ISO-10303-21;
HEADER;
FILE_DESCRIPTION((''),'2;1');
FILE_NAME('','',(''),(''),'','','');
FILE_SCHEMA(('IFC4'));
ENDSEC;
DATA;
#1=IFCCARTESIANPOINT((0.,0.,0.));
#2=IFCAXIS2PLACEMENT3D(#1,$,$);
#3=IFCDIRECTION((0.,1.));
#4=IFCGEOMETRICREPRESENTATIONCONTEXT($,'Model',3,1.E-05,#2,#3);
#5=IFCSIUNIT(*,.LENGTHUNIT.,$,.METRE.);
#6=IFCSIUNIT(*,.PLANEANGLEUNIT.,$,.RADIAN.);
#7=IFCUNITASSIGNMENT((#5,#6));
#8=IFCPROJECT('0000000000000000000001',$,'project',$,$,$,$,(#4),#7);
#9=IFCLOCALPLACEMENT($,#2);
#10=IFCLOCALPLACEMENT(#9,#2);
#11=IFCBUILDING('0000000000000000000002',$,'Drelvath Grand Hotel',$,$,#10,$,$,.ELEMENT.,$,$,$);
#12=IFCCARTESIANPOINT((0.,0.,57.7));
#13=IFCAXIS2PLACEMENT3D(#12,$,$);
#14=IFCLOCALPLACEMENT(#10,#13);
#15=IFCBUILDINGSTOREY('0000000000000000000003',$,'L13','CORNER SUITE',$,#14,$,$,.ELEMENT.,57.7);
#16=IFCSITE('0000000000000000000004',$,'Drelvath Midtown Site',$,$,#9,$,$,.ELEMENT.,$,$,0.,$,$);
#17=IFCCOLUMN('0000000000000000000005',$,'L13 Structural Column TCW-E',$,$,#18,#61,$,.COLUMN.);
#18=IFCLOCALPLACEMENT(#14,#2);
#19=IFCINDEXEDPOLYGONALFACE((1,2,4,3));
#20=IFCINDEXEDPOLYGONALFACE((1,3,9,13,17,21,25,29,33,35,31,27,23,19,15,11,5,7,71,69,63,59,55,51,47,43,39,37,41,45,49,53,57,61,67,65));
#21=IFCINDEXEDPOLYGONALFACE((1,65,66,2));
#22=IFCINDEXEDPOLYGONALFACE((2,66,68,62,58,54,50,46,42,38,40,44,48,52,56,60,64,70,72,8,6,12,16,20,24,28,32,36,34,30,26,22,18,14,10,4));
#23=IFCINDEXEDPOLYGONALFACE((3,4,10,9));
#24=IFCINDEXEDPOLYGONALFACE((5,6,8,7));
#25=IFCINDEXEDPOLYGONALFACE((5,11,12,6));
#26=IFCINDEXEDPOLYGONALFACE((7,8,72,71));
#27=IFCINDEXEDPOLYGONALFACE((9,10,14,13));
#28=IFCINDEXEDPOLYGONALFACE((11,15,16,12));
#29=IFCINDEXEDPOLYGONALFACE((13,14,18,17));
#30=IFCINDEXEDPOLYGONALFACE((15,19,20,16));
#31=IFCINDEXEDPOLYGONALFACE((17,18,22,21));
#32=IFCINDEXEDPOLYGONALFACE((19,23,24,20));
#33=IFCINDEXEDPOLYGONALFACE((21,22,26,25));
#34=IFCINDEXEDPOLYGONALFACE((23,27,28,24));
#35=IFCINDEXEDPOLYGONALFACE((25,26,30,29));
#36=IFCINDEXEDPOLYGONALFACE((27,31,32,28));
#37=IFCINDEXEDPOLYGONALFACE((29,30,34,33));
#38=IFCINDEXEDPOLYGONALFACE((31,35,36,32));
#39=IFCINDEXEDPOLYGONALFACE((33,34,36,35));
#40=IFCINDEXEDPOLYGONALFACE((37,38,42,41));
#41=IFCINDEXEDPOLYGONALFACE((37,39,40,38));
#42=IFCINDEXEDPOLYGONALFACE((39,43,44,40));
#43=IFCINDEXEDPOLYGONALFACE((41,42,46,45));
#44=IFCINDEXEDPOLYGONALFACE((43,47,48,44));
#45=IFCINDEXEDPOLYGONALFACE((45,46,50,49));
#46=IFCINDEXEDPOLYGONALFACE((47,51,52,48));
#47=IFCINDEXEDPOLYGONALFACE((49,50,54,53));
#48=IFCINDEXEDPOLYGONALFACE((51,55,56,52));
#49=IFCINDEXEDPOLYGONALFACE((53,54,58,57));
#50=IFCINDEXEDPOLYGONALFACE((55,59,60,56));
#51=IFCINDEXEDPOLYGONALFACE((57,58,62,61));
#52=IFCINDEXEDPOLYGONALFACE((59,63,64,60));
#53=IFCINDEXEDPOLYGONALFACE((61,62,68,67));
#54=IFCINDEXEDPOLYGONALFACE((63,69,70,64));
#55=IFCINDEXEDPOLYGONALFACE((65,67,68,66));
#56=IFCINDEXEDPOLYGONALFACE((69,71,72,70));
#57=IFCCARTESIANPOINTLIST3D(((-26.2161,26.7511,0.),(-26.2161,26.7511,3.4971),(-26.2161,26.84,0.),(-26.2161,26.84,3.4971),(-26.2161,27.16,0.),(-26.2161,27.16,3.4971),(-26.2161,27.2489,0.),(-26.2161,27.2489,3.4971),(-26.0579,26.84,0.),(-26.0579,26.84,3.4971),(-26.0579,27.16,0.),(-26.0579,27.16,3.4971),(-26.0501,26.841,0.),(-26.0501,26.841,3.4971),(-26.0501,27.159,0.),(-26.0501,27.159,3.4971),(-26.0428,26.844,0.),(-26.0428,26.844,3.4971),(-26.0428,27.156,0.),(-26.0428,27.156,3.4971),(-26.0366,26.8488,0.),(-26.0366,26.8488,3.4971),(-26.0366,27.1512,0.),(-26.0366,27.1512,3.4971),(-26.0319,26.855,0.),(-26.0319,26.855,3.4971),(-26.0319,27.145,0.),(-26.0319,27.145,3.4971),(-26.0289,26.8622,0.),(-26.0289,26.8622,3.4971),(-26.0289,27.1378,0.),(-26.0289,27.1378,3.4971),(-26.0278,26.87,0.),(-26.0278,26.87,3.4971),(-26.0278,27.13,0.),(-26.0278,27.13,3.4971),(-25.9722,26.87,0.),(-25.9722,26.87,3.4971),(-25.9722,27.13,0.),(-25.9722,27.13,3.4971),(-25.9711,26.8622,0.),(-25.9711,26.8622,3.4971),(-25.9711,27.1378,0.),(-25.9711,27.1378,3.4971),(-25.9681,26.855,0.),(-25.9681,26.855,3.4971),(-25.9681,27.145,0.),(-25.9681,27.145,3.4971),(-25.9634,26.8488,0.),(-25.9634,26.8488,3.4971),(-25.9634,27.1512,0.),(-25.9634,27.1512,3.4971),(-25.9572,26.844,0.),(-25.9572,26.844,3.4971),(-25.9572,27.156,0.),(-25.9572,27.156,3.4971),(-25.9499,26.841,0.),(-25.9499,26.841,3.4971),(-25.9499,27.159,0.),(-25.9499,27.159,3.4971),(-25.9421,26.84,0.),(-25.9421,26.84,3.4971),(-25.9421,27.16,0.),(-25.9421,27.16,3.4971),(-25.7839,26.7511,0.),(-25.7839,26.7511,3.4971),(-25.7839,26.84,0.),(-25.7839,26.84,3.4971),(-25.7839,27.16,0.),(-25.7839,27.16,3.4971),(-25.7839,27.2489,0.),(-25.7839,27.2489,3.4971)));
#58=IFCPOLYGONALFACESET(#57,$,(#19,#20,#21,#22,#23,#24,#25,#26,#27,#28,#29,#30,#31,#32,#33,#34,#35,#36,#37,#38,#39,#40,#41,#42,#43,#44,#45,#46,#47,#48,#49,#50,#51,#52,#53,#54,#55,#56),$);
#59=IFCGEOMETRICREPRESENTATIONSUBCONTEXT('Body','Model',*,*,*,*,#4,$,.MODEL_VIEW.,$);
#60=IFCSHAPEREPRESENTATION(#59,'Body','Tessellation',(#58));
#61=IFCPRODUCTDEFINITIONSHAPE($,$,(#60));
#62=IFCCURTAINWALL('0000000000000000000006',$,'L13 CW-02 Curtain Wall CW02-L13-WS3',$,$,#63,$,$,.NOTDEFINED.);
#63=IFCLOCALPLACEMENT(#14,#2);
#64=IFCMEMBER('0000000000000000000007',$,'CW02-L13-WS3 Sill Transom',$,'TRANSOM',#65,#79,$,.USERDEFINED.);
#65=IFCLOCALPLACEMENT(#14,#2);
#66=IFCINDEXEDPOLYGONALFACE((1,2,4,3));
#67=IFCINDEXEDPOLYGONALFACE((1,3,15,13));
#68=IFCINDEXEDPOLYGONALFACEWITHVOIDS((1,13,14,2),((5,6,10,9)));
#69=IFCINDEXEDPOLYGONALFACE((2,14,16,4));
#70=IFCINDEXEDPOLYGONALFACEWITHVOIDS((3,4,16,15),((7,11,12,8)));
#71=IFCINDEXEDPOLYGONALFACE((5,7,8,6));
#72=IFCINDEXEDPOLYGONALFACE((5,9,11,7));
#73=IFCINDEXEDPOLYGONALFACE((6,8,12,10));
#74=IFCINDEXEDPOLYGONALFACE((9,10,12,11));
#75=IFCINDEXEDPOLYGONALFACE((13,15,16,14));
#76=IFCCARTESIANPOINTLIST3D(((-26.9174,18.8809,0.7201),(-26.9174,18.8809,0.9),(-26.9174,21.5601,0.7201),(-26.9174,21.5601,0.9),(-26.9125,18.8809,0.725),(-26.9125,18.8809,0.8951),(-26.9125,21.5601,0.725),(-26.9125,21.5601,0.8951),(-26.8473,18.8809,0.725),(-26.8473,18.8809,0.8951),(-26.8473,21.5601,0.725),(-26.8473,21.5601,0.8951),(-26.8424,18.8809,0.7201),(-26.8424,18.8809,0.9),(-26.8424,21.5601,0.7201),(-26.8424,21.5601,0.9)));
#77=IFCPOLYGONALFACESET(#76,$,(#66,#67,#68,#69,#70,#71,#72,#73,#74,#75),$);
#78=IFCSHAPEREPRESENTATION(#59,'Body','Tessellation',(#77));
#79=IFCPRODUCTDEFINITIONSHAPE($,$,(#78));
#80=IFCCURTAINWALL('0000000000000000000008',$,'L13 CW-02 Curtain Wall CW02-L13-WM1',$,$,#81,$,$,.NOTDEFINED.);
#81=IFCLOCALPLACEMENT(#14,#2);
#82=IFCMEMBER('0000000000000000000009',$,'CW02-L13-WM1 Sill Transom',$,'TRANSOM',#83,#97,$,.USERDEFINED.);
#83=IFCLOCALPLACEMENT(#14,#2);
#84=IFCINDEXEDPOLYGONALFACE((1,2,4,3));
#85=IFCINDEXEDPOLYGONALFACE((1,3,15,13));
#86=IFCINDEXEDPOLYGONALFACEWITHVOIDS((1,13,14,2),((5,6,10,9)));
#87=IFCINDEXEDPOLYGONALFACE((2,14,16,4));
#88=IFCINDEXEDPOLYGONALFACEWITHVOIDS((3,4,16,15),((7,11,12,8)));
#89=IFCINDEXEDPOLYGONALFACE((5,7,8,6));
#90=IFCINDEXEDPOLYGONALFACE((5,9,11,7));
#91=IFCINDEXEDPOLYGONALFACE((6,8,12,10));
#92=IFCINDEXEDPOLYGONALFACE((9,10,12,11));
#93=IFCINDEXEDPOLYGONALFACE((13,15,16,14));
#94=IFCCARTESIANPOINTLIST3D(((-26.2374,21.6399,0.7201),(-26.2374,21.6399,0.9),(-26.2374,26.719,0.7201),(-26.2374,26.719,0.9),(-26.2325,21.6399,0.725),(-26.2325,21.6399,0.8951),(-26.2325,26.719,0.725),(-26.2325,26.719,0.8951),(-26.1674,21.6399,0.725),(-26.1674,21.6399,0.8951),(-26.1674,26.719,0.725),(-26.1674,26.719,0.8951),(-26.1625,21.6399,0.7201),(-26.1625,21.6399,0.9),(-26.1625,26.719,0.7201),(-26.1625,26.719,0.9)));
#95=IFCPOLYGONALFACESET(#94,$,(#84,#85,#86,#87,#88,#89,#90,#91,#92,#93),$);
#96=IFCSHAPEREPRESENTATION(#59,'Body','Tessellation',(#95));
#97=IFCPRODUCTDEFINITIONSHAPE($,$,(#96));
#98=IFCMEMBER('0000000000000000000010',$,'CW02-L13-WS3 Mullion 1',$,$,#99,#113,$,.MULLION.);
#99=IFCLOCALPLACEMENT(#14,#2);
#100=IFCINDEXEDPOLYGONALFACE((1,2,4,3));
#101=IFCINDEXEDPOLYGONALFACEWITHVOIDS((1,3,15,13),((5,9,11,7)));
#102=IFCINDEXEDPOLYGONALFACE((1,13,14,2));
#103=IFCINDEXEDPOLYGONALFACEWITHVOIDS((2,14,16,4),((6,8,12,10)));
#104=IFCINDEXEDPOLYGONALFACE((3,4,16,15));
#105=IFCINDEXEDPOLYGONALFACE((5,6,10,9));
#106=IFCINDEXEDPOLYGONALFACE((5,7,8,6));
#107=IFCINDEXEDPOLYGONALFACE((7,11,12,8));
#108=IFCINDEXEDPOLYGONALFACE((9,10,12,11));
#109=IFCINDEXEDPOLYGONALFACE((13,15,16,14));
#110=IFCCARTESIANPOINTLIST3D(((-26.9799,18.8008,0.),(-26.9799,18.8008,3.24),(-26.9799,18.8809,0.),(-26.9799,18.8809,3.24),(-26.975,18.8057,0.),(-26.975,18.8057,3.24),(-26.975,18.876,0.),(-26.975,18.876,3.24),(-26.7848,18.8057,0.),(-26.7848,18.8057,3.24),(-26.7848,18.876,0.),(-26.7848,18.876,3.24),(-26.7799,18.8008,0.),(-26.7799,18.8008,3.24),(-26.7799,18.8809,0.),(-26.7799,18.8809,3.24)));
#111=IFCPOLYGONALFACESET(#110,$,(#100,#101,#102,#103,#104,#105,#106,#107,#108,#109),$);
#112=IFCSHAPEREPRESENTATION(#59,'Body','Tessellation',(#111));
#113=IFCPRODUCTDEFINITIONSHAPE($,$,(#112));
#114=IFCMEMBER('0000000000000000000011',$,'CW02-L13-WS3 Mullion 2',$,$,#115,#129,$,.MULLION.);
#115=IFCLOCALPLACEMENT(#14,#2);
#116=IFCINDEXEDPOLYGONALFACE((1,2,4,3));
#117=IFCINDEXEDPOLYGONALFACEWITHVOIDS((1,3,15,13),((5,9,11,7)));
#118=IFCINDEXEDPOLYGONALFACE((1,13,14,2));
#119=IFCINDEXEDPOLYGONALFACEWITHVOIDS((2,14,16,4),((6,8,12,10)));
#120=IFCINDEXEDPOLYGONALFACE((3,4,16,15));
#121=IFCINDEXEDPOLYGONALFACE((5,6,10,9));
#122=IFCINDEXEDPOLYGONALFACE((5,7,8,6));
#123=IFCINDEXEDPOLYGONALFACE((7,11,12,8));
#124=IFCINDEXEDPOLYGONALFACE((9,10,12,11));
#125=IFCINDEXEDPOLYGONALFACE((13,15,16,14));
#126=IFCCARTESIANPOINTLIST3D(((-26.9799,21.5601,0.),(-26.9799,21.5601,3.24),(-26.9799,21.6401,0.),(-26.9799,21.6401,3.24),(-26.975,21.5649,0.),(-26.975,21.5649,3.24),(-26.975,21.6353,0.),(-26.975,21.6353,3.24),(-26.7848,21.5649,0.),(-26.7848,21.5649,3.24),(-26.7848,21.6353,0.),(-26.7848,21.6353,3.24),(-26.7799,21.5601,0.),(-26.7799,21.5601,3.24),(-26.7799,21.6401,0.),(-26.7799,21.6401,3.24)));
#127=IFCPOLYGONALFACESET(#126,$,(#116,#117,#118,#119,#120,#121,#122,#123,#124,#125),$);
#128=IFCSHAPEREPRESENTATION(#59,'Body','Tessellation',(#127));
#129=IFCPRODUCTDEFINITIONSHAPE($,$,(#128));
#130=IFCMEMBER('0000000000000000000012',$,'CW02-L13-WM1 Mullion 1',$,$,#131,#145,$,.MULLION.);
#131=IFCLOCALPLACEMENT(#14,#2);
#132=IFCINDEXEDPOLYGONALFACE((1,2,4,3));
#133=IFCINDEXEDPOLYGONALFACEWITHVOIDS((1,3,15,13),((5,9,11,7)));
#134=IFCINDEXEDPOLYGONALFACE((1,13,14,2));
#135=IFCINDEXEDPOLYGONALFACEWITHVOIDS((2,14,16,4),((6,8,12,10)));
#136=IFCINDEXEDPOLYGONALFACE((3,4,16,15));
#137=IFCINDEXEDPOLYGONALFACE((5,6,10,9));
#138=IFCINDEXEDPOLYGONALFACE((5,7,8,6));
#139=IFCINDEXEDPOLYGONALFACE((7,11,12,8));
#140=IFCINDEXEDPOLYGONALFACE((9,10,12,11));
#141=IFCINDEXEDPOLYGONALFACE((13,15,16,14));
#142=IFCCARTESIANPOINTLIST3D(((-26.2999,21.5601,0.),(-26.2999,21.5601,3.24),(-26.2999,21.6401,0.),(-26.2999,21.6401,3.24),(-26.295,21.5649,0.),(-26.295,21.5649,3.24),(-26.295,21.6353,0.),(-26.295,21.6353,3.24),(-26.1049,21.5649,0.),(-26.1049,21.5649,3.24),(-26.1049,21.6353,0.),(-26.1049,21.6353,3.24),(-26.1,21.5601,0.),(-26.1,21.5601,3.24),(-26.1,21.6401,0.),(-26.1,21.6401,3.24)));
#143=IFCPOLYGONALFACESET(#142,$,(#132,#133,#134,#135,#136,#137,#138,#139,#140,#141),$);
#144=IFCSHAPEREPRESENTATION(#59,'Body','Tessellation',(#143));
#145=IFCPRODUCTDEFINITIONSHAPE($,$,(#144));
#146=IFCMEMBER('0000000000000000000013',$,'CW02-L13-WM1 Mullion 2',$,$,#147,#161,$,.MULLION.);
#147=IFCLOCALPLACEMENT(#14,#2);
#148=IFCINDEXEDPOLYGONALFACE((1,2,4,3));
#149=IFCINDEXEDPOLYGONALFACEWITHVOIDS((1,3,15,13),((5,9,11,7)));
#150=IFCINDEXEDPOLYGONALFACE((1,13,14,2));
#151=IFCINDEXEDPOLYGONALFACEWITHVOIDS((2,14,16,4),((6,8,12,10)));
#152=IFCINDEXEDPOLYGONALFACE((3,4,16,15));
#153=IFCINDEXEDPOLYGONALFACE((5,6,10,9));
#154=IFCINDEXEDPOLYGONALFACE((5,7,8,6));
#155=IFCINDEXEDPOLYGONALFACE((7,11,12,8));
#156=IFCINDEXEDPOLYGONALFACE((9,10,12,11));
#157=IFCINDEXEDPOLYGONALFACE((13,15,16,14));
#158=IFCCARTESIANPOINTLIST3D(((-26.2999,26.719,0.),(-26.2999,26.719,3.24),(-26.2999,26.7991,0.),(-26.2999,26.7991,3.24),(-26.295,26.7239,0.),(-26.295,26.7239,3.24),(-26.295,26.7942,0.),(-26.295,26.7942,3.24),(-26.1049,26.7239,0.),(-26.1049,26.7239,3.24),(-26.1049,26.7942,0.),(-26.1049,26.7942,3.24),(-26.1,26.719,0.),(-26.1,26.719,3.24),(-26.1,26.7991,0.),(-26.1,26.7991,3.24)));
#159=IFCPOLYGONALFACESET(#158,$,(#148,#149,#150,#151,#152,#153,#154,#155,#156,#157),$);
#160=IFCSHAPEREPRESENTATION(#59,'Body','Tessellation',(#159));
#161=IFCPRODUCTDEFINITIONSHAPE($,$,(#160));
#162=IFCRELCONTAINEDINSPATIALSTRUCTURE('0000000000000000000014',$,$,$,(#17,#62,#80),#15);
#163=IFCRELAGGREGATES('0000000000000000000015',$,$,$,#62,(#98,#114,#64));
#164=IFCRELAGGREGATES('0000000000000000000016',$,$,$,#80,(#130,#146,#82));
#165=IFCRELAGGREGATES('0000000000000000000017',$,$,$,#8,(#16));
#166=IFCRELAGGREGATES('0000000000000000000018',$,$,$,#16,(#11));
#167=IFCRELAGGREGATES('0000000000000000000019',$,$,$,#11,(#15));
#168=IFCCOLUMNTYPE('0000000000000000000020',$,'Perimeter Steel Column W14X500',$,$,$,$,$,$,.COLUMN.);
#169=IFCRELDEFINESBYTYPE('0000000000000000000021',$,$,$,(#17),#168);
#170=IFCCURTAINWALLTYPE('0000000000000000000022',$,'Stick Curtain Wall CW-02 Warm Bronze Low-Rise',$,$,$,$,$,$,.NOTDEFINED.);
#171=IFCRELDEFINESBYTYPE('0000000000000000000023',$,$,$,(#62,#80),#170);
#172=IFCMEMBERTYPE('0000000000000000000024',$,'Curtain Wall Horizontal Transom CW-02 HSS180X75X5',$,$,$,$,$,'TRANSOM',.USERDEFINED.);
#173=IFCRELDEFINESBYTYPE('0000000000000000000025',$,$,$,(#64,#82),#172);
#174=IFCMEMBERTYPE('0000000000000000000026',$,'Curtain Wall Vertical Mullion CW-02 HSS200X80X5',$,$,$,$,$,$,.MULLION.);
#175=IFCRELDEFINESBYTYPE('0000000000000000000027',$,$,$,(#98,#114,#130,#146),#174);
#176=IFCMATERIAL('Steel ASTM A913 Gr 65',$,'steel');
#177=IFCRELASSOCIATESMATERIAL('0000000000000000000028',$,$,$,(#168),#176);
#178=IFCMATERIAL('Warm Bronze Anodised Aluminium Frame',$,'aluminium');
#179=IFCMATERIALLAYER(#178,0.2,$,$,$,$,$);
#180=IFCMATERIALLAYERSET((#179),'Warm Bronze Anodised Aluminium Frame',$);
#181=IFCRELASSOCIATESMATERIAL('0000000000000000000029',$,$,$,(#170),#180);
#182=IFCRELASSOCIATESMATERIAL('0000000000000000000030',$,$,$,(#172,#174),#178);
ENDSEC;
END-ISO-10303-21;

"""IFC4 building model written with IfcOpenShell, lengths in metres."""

from ifc_helpers import new_model, si_unit, direction, frame, origin, origin_2d, place, context, subcontext, project, spatial, hollow_rectangle, i_section, extrude, material, layer, layer_set, material_profile, profile_set, type_object, element, aggregate, save


model = new_model("IFC4")

# Units and contexts
model_context = context("Model", 3, precision=1e-05, world=origin(), true_north=direction((0.0, 1.0)))
body_context = subcontext(model_context, "Body", "Model", "MODEL_VIEW")
ifc_project = project(units=[si_unit("LENGTHUNIT", "METRE"), si_unit("PLANEANGLEUNIT", "RADIAN")], contexts=[model_context])

# Site, building, storey
site_placement = place(None, origin())
site = spatial("IfcSite", under=ifc_project, at=site_placement, Name="Drelvath Midtown Site", CompositionType="ELEMENT", RefElevation=0.0)
building_placement = place(site_placement, origin())
building = spatial("IfcBuilding", under=site, at=building_placement, Name="Drelvath Grand Hotel", CompositionType="ELEMENT")
storey_placement = place(building_placement, frame((0.0, 0.0, 57.7)))
storey = spatial("IfcBuildingStorey", under=building, at=storey_placement, Name="L13", Description="CORNER SUITE", CompositionType="ELEMENT", Elevation=57.7)

# Column
ifc_material_1 = material(Name="Steel ASTM A913 Gr 65", Category="steel")
ifc_material_profile_1 = material_profile(ifc_material_1, i_section(OverallWidth=0.4321, OverallDepth=0.4978, WebThickness=0.0557, FlangeThickness=0.0889, FilletRadius=0.03, at=origin_2d()), Name="W14X500")
ifc_profile_set_1 = profile_set([ifc_material_profile_1], Name="Steel ASTM A913 Gr 65")
column_type = type_object("IfcColumnType", Name="Perimeter Steel Column W14X500", PredefinedType="COLUMN", material=ifc_profile_set_1)
column_placement = place(storey_placement, frame((-26.0, 27.0, 0.0), z_axis=(0.0, 0.0, 1.0), x_axis=(1.0, 0.0, 0.0)))
element("IfcColumn", 1, at=column_placement, inside=storey, type_object=column_type, Name="L13 Structural Column TCW-E", PredefinedType="COLUMN", context=body_context, shape_type="SweptSolid", body=[
    extrude(i_section(OverallWidth=0.4321, OverallDepth=0.4978, WebThickness=0.0557, FlangeThickness=0.0889, FilletRadius=0.03, at=origin_2d()), origin(), (0.0, 0.0, 1.0), 3.4971),
])

# Curtain walls, members
ifc_material_2 = material(Name="Warm Bronze Anodised Aluminium Frame", Category="aluminium")
ifc_layer_1 = layer(ifc_material_2, 0.2)
ifc_layer_set_1 = layer_set([ifc_layer_1], Name="Warm Bronze Anodised Aluminium Frame")
curtain_wall_type = type_object("IfcCurtainWallType", Name="Stick Curtain Wall CW-02 Warm Bronze Low-Rise", PredefinedType="NOTDEFINED", material=ifc_layer_set_1)
curtain_wall_1_placement = place(storey_placement, origin())
curtain_wall_1 = element("IfcCurtainWall", 2, at=curtain_wall_1_placement, inside=storey, type_object=curtain_wall_type, Name="L13 CW-02 Curtain Wall CW02-L13-WS3", PredefinedType="NOTDEFINED")
ifc_material_profile_2 = material_profile(ifc_material_2, hollow_rectangle(XDim=0.075, YDim=0.1799, WallThickness=0.0049, at=origin_2d()), Name="HSS180X75X5")
ifc_profile_set_2 = profile_set([ifc_material_profile_2], Name="Warm Bronze Anodised Aluminium Frame")
member_type_1 = type_object("IfcMemberType", Name="Curtain Wall Horizontal Transom CW-02 HSS180X75X5", ElementType="TRANSOM", PredefinedType="USERDEFINED", material=ifc_profile_set_2)
member_1_placement = place(storey_placement, frame((-26.8799, 18.8809, 0.8101), z_axis=(0.0, 1.0, 0.0), x_axis=(-1.0, 0.0, 0.0)))
member_1 = element("IfcMember", 3, at=member_1_placement, type_object=member_type_1, Name="CW02-L13-WS3 Sill Transom", ObjectType="TRANSOM", PredefinedType="USERDEFINED", context=body_context, shape_type="SweptSolid", body=[
    extrude(hollow_rectangle(XDim=0.075, YDim=0.1799, WallThickness=0.0049, at=origin_2d()), origin(), (0.0, 0.0, 1.0), 2.6792),
])
curtain_wall_2_placement = place(storey_placement, origin())
curtain_wall_2 = element("IfcCurtainWall", 4, at=curtain_wall_2_placement, inside=storey, type_object=curtain_wall_type, Name="L13 CW-02 Curtain Wall CW02-L13-WM1", PredefinedType="NOTDEFINED")
member_2_placement = place(storey_placement, frame((-26.2, 21.6399, 0.8101), z_axis=(0.0, 1.0, 0.0), x_axis=(-1.0, 0.0, 0.0)))
member_2 = element("IfcMember", 5, at=member_2_placement, type_object=member_type_1, Name="CW02-L13-WM1 Sill Transom", ObjectType="TRANSOM", PredefinedType="USERDEFINED", context=body_context, shape_type="SweptSolid", body=[
    extrude(hollow_rectangle(XDim=0.075, YDim=0.1799, WallThickness=0.0049, at=origin_2d()), origin(), (0.0, 0.0, 1.0), 5.0791),
])

# Members
ifc_material_profile_3 = material_profile(ifc_material_2, hollow_rectangle(XDim=0.0801, YDim=0.2, WallThickness=0.0049, at=origin_2d()), Name="HSS200X80X5")
ifc_profile_set_3 = profile_set([ifc_material_profile_3], Name="Warm Bronze Anodised Aluminium Frame")
member_type_2 = type_object("IfcMemberType", Name="Curtain Wall Vertical Mullion CW-02 HSS200X80X5", PredefinedType="MULLION", material=ifc_profile_set_3)
member_3_placement = place(storey_placement, frame((-26.8799, 18.8408, 0.0), z_axis=(0.0, 0.0, 1.0), x_axis=(0.0, 1.0, 0.0)))
member_3 = element("IfcMember", 6, at=member_3_placement, type_object=member_type_2, Name="CW02-L13-WS3 Mullion 1", PredefinedType="MULLION", context=body_context, shape_type="SweptSolid", body=[
    extrude(hollow_rectangle(XDim=0.0801, YDim=0.2, WallThickness=0.0049, at=origin_2d()), origin(), (0.0, 0.0, 1.0), 3.24),
])
member_4_placement = place(storey_placement, frame((-26.8799, 21.6001, 0.0), z_axis=(0.0, 0.0, 1.0), x_axis=(0.0, 1.0, 0.0)))
member_4 = element("IfcMember", 7, at=member_4_placement, type_object=member_type_2, Name="CW02-L13-WS3 Mullion 2", PredefinedType="MULLION", context=body_context, shape_type="SweptSolid", body=[
    extrude(hollow_rectangle(XDim=0.0801, YDim=0.2, WallThickness=0.0049, at=origin_2d()), origin(), (0.0, 0.0, 1.0), 3.24),
])
member_5_placement = place(storey_placement, frame((-26.2, 21.6001, 0.0), z_axis=(0.0, 0.0, 1.0), x_axis=(0.0, 1.0, 0.0)))
member_5 = element("IfcMember", 8, at=member_5_placement, type_object=member_type_2, Name="CW02-L13-WM1 Mullion 1", PredefinedType="MULLION", context=body_context, shape_type="SweptSolid", body=[
    extrude(hollow_rectangle(XDim=0.0801, YDim=0.2, WallThickness=0.0049, at=origin_2d()), origin(), (0.0, 0.0, 1.0), 3.24),
])
member_6_placement = place(storey_placement, frame((-26.2, 26.759, 0.0), z_axis=(0.0, 0.0, 1.0), x_axis=(0.0, 1.0, 0.0)))
member_6 = element("IfcMember", 9, at=member_6_placement, type_object=member_type_2, Name="CW02-L13-WM1 Mullion 2", PredefinedType="MULLION", context=body_context, shape_type="SweptSolid", body=[
    extrude(hollow_rectangle(XDim=0.0801, YDim=0.2, WallThickness=0.0049, at=origin_2d()), origin(), (0.0, 0.0, 1.0), 3.24),
])

aggregate(curtain_wall_1, [member_3, member_4, member_1])
aggregate(curtain_wall_2, [member_5, member_6, member_2])

save(model, "model.ifc")
